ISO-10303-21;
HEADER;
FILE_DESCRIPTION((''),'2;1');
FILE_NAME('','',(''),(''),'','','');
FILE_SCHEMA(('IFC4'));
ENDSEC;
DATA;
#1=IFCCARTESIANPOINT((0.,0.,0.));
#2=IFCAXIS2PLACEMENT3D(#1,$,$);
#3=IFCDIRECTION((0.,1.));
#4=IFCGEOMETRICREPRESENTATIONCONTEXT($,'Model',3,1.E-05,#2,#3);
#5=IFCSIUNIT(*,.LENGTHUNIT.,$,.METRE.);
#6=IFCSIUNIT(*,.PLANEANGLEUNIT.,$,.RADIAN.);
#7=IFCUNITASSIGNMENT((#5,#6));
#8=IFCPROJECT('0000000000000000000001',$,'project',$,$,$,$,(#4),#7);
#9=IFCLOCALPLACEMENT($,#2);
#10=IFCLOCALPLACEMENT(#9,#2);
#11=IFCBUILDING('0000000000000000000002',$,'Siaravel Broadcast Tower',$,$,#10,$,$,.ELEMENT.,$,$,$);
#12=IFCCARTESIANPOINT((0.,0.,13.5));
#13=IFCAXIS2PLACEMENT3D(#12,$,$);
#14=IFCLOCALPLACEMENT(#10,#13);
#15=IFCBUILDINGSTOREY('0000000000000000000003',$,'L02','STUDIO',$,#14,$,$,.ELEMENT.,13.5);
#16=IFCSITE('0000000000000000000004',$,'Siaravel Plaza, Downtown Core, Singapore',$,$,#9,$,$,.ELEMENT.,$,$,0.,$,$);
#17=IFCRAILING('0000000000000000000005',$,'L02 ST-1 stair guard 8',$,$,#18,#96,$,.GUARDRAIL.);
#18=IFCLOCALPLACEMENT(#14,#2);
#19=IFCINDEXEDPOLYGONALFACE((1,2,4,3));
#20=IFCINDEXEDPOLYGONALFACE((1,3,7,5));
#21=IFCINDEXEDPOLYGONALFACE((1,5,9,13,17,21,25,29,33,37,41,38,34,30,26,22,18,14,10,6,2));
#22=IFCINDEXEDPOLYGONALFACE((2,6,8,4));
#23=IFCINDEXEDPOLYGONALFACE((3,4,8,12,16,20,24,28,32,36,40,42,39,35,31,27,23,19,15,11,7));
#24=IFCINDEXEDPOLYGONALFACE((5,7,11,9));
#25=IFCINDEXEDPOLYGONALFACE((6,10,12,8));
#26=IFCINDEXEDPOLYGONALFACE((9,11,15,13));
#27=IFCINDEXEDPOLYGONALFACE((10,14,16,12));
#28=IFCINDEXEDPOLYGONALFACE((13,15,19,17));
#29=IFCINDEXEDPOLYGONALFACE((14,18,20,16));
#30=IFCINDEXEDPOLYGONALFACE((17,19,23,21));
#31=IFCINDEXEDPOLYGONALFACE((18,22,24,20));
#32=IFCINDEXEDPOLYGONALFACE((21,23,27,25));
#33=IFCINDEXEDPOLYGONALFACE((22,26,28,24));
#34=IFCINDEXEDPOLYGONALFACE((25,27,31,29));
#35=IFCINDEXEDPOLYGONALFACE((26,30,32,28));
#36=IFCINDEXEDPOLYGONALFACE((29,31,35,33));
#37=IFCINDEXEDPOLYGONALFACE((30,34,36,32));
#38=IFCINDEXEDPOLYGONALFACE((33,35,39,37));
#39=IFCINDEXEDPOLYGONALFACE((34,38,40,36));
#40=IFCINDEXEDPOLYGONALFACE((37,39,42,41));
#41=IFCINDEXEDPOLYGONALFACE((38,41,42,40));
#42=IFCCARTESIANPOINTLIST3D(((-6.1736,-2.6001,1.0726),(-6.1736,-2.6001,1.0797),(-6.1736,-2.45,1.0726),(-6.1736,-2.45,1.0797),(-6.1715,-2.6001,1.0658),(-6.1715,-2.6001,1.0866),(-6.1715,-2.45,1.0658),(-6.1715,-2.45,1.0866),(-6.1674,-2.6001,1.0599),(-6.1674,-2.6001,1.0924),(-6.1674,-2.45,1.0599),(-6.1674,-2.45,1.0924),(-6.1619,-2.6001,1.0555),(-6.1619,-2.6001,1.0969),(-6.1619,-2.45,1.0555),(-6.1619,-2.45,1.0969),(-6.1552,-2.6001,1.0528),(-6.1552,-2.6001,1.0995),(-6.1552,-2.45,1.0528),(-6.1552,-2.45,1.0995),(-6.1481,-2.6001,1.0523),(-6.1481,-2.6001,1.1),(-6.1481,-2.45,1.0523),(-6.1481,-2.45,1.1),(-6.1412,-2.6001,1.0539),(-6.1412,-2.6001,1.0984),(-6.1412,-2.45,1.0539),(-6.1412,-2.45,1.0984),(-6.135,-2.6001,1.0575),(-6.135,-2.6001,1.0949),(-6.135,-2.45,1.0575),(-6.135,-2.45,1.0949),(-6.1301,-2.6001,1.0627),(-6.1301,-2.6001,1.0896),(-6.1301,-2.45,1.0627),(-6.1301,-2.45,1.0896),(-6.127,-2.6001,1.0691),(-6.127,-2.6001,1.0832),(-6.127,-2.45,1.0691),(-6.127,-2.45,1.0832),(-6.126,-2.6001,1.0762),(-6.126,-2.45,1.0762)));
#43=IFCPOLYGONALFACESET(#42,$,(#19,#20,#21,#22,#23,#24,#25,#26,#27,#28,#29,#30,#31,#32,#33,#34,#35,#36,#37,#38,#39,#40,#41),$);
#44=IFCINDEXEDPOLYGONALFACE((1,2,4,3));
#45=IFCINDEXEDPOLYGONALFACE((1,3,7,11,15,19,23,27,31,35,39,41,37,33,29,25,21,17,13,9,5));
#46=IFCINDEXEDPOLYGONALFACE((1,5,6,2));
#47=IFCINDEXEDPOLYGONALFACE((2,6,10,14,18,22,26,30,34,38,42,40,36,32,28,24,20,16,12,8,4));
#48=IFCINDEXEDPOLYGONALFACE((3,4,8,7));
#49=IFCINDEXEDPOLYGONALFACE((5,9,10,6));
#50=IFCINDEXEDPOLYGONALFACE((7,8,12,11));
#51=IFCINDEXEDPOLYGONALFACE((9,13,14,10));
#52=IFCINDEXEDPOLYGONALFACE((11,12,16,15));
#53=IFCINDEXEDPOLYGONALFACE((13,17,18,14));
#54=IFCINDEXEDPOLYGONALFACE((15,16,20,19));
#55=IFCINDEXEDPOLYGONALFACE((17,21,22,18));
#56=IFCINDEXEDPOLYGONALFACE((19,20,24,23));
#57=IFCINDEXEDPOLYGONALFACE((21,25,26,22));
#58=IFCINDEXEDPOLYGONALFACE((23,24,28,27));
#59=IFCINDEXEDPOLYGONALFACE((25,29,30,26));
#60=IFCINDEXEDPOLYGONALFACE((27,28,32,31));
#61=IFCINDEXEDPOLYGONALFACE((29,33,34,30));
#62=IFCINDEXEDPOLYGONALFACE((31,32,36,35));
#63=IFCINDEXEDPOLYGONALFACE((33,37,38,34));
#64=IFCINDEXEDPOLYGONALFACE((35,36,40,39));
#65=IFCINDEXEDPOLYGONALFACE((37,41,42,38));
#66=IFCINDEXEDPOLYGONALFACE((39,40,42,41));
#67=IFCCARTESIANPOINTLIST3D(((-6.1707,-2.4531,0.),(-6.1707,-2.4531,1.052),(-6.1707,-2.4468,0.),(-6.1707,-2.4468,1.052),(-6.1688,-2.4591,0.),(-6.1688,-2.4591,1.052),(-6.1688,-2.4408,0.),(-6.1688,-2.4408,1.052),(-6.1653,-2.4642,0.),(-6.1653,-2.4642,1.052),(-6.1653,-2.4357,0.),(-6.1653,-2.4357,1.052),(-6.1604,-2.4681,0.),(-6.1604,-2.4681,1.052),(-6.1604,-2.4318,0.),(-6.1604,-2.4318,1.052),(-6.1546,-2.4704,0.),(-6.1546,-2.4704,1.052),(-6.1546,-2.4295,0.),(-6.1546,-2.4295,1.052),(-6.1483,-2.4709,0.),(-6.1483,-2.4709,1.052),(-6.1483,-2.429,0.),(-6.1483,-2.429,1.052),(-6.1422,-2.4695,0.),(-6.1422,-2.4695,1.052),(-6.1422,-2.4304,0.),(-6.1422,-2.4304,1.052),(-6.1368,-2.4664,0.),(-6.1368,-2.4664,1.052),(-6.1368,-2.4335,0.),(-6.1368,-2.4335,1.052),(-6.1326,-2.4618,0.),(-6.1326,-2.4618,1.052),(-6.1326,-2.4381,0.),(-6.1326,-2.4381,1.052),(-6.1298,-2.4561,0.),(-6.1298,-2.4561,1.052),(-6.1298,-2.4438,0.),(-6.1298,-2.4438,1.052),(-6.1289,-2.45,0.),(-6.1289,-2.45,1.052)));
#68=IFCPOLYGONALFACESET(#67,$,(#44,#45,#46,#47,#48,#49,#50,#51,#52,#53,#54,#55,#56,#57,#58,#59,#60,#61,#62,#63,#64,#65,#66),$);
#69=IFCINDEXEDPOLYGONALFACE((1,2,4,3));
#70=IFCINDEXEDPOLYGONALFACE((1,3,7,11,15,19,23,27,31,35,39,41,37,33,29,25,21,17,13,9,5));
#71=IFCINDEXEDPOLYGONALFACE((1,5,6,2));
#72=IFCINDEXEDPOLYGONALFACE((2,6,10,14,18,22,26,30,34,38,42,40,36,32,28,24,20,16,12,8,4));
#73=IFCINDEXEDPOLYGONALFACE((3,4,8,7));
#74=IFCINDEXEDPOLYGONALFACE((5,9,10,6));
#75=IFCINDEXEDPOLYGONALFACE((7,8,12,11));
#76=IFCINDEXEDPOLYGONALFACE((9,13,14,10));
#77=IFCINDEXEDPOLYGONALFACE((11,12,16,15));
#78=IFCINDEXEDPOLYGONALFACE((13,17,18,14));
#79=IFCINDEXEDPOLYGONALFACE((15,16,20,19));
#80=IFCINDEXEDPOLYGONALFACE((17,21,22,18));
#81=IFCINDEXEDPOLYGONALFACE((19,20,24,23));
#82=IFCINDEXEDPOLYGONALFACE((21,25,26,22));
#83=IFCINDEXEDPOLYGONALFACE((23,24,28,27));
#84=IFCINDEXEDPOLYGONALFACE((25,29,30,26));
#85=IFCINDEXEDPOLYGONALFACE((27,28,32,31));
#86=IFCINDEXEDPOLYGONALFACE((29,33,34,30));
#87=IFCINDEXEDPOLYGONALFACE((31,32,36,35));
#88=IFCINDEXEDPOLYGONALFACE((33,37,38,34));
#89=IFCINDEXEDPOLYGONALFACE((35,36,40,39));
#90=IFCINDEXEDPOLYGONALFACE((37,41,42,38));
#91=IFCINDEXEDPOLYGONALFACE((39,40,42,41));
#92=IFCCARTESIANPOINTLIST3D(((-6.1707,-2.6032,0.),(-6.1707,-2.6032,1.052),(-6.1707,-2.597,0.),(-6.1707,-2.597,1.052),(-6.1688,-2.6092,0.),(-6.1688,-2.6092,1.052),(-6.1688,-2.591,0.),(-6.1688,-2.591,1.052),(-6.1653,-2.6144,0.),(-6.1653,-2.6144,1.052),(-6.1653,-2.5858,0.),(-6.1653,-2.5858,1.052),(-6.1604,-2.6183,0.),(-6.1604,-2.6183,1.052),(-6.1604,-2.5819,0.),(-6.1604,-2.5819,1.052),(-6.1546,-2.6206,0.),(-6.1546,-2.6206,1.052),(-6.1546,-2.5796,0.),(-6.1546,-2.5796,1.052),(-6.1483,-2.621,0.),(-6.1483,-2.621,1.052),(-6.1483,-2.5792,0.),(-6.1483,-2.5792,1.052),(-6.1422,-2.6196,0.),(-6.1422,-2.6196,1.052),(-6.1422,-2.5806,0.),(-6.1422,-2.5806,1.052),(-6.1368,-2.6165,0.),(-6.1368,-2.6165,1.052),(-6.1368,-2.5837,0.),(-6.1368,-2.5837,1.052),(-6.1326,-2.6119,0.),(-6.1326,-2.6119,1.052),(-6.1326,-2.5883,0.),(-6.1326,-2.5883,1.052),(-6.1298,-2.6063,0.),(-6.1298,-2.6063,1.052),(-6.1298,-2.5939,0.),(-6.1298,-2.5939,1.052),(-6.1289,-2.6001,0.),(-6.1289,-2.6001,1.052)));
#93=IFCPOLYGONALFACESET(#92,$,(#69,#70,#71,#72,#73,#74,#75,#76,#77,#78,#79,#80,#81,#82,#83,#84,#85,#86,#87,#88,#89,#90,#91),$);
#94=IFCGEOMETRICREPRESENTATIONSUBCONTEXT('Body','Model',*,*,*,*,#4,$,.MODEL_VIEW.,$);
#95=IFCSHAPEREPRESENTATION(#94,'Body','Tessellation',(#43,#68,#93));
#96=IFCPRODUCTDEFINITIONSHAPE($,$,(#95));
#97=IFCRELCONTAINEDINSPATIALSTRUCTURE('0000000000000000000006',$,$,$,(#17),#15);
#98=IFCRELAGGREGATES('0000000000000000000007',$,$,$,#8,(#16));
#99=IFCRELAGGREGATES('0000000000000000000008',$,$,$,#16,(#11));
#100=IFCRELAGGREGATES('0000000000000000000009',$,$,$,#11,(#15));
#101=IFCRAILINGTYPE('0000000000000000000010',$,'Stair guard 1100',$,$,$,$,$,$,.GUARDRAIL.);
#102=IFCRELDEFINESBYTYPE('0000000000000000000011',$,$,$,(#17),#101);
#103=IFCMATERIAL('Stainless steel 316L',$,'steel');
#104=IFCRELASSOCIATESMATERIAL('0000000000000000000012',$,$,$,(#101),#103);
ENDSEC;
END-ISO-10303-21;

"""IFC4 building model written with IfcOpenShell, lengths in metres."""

from ifc_helpers import new_model, si_unit, direction, frame, origin, origin_2d, place, context, subcontext, project, spatial, circle, extrude, material, type_object, element, save


model = new_model("IFC4")

# Units and contexts
model_context = context("Model", 3, precision=1e-05, world=origin(), true_north=direction((0.0, 1.0)))
body_context = subcontext(model_context, "Body", "Model", "MODEL_VIEW")
ifc_project = project(units=[si_unit("LENGTHUNIT", "METRE"), si_unit("PLANEANGLEUNIT", "RADIAN")], contexts=[model_context])

# Site, building, storey
site_placement = place(None, origin())
site = spatial("IfcSite", under=ifc_project, at=site_placement, Name="Siaravel Plaza, Downtown Core, Singapore", CompositionType="ELEMENT", RefElevation=0.0)
building_placement = place(site_placement, origin())
building = spatial("IfcBuilding", under=site, at=building_placement, Name="Siaravel Broadcast Tower", CompositionType="ELEMENT")
storey_placement = place(building_placement, frame((0.0, 0.0, 13.5)))
storey = spatial("IfcBuildingStorey", under=building, at=storey_placement, Name="L02", Description="STUDIO", CompositionType="ELEMENT", Elevation=13.5)

# Railing
ifc_material_1 = material(Name="Stainless steel 316L", Category="steel")
railing_type_1 = type_object("IfcRailingType", Name="Stair guard 1100", PredefinedType="GUARDRAIL", material=ifc_material_1)
railing_1_placement = place(storey_placement, frame((-6.1499, -2.45, 0.0)))
element("IfcRailing", 1, at=railing_1_placement, inside=storey, type_object=railing_type_1, Name="L02 ST-1 stair guard 8", PredefinedType="GUARDRAIL", context=body_context, shape_type="SweptSolid", body=[
    extrude(circle(Radius=0.0239, at=origin_2d()), frame((0.0, 0.0, 1.0762), z_axis=(0.0, -1.0, 0.0), x_axis=(1.0, 0.0, 0.0)), (0.0, 0.0, 1.0), 0.1501),
    extrude(circle(Radius=0.021, at=origin_2d()), origin(), (0.0, 0.0, 1.0), 1.052),
    extrude(circle(Radius=0.021, at=origin_2d()), frame((0.0, -0.1501, 0.0)), (0.0, 0.0, 1.0), 1.052),
])

save(model, "model.ifc")
